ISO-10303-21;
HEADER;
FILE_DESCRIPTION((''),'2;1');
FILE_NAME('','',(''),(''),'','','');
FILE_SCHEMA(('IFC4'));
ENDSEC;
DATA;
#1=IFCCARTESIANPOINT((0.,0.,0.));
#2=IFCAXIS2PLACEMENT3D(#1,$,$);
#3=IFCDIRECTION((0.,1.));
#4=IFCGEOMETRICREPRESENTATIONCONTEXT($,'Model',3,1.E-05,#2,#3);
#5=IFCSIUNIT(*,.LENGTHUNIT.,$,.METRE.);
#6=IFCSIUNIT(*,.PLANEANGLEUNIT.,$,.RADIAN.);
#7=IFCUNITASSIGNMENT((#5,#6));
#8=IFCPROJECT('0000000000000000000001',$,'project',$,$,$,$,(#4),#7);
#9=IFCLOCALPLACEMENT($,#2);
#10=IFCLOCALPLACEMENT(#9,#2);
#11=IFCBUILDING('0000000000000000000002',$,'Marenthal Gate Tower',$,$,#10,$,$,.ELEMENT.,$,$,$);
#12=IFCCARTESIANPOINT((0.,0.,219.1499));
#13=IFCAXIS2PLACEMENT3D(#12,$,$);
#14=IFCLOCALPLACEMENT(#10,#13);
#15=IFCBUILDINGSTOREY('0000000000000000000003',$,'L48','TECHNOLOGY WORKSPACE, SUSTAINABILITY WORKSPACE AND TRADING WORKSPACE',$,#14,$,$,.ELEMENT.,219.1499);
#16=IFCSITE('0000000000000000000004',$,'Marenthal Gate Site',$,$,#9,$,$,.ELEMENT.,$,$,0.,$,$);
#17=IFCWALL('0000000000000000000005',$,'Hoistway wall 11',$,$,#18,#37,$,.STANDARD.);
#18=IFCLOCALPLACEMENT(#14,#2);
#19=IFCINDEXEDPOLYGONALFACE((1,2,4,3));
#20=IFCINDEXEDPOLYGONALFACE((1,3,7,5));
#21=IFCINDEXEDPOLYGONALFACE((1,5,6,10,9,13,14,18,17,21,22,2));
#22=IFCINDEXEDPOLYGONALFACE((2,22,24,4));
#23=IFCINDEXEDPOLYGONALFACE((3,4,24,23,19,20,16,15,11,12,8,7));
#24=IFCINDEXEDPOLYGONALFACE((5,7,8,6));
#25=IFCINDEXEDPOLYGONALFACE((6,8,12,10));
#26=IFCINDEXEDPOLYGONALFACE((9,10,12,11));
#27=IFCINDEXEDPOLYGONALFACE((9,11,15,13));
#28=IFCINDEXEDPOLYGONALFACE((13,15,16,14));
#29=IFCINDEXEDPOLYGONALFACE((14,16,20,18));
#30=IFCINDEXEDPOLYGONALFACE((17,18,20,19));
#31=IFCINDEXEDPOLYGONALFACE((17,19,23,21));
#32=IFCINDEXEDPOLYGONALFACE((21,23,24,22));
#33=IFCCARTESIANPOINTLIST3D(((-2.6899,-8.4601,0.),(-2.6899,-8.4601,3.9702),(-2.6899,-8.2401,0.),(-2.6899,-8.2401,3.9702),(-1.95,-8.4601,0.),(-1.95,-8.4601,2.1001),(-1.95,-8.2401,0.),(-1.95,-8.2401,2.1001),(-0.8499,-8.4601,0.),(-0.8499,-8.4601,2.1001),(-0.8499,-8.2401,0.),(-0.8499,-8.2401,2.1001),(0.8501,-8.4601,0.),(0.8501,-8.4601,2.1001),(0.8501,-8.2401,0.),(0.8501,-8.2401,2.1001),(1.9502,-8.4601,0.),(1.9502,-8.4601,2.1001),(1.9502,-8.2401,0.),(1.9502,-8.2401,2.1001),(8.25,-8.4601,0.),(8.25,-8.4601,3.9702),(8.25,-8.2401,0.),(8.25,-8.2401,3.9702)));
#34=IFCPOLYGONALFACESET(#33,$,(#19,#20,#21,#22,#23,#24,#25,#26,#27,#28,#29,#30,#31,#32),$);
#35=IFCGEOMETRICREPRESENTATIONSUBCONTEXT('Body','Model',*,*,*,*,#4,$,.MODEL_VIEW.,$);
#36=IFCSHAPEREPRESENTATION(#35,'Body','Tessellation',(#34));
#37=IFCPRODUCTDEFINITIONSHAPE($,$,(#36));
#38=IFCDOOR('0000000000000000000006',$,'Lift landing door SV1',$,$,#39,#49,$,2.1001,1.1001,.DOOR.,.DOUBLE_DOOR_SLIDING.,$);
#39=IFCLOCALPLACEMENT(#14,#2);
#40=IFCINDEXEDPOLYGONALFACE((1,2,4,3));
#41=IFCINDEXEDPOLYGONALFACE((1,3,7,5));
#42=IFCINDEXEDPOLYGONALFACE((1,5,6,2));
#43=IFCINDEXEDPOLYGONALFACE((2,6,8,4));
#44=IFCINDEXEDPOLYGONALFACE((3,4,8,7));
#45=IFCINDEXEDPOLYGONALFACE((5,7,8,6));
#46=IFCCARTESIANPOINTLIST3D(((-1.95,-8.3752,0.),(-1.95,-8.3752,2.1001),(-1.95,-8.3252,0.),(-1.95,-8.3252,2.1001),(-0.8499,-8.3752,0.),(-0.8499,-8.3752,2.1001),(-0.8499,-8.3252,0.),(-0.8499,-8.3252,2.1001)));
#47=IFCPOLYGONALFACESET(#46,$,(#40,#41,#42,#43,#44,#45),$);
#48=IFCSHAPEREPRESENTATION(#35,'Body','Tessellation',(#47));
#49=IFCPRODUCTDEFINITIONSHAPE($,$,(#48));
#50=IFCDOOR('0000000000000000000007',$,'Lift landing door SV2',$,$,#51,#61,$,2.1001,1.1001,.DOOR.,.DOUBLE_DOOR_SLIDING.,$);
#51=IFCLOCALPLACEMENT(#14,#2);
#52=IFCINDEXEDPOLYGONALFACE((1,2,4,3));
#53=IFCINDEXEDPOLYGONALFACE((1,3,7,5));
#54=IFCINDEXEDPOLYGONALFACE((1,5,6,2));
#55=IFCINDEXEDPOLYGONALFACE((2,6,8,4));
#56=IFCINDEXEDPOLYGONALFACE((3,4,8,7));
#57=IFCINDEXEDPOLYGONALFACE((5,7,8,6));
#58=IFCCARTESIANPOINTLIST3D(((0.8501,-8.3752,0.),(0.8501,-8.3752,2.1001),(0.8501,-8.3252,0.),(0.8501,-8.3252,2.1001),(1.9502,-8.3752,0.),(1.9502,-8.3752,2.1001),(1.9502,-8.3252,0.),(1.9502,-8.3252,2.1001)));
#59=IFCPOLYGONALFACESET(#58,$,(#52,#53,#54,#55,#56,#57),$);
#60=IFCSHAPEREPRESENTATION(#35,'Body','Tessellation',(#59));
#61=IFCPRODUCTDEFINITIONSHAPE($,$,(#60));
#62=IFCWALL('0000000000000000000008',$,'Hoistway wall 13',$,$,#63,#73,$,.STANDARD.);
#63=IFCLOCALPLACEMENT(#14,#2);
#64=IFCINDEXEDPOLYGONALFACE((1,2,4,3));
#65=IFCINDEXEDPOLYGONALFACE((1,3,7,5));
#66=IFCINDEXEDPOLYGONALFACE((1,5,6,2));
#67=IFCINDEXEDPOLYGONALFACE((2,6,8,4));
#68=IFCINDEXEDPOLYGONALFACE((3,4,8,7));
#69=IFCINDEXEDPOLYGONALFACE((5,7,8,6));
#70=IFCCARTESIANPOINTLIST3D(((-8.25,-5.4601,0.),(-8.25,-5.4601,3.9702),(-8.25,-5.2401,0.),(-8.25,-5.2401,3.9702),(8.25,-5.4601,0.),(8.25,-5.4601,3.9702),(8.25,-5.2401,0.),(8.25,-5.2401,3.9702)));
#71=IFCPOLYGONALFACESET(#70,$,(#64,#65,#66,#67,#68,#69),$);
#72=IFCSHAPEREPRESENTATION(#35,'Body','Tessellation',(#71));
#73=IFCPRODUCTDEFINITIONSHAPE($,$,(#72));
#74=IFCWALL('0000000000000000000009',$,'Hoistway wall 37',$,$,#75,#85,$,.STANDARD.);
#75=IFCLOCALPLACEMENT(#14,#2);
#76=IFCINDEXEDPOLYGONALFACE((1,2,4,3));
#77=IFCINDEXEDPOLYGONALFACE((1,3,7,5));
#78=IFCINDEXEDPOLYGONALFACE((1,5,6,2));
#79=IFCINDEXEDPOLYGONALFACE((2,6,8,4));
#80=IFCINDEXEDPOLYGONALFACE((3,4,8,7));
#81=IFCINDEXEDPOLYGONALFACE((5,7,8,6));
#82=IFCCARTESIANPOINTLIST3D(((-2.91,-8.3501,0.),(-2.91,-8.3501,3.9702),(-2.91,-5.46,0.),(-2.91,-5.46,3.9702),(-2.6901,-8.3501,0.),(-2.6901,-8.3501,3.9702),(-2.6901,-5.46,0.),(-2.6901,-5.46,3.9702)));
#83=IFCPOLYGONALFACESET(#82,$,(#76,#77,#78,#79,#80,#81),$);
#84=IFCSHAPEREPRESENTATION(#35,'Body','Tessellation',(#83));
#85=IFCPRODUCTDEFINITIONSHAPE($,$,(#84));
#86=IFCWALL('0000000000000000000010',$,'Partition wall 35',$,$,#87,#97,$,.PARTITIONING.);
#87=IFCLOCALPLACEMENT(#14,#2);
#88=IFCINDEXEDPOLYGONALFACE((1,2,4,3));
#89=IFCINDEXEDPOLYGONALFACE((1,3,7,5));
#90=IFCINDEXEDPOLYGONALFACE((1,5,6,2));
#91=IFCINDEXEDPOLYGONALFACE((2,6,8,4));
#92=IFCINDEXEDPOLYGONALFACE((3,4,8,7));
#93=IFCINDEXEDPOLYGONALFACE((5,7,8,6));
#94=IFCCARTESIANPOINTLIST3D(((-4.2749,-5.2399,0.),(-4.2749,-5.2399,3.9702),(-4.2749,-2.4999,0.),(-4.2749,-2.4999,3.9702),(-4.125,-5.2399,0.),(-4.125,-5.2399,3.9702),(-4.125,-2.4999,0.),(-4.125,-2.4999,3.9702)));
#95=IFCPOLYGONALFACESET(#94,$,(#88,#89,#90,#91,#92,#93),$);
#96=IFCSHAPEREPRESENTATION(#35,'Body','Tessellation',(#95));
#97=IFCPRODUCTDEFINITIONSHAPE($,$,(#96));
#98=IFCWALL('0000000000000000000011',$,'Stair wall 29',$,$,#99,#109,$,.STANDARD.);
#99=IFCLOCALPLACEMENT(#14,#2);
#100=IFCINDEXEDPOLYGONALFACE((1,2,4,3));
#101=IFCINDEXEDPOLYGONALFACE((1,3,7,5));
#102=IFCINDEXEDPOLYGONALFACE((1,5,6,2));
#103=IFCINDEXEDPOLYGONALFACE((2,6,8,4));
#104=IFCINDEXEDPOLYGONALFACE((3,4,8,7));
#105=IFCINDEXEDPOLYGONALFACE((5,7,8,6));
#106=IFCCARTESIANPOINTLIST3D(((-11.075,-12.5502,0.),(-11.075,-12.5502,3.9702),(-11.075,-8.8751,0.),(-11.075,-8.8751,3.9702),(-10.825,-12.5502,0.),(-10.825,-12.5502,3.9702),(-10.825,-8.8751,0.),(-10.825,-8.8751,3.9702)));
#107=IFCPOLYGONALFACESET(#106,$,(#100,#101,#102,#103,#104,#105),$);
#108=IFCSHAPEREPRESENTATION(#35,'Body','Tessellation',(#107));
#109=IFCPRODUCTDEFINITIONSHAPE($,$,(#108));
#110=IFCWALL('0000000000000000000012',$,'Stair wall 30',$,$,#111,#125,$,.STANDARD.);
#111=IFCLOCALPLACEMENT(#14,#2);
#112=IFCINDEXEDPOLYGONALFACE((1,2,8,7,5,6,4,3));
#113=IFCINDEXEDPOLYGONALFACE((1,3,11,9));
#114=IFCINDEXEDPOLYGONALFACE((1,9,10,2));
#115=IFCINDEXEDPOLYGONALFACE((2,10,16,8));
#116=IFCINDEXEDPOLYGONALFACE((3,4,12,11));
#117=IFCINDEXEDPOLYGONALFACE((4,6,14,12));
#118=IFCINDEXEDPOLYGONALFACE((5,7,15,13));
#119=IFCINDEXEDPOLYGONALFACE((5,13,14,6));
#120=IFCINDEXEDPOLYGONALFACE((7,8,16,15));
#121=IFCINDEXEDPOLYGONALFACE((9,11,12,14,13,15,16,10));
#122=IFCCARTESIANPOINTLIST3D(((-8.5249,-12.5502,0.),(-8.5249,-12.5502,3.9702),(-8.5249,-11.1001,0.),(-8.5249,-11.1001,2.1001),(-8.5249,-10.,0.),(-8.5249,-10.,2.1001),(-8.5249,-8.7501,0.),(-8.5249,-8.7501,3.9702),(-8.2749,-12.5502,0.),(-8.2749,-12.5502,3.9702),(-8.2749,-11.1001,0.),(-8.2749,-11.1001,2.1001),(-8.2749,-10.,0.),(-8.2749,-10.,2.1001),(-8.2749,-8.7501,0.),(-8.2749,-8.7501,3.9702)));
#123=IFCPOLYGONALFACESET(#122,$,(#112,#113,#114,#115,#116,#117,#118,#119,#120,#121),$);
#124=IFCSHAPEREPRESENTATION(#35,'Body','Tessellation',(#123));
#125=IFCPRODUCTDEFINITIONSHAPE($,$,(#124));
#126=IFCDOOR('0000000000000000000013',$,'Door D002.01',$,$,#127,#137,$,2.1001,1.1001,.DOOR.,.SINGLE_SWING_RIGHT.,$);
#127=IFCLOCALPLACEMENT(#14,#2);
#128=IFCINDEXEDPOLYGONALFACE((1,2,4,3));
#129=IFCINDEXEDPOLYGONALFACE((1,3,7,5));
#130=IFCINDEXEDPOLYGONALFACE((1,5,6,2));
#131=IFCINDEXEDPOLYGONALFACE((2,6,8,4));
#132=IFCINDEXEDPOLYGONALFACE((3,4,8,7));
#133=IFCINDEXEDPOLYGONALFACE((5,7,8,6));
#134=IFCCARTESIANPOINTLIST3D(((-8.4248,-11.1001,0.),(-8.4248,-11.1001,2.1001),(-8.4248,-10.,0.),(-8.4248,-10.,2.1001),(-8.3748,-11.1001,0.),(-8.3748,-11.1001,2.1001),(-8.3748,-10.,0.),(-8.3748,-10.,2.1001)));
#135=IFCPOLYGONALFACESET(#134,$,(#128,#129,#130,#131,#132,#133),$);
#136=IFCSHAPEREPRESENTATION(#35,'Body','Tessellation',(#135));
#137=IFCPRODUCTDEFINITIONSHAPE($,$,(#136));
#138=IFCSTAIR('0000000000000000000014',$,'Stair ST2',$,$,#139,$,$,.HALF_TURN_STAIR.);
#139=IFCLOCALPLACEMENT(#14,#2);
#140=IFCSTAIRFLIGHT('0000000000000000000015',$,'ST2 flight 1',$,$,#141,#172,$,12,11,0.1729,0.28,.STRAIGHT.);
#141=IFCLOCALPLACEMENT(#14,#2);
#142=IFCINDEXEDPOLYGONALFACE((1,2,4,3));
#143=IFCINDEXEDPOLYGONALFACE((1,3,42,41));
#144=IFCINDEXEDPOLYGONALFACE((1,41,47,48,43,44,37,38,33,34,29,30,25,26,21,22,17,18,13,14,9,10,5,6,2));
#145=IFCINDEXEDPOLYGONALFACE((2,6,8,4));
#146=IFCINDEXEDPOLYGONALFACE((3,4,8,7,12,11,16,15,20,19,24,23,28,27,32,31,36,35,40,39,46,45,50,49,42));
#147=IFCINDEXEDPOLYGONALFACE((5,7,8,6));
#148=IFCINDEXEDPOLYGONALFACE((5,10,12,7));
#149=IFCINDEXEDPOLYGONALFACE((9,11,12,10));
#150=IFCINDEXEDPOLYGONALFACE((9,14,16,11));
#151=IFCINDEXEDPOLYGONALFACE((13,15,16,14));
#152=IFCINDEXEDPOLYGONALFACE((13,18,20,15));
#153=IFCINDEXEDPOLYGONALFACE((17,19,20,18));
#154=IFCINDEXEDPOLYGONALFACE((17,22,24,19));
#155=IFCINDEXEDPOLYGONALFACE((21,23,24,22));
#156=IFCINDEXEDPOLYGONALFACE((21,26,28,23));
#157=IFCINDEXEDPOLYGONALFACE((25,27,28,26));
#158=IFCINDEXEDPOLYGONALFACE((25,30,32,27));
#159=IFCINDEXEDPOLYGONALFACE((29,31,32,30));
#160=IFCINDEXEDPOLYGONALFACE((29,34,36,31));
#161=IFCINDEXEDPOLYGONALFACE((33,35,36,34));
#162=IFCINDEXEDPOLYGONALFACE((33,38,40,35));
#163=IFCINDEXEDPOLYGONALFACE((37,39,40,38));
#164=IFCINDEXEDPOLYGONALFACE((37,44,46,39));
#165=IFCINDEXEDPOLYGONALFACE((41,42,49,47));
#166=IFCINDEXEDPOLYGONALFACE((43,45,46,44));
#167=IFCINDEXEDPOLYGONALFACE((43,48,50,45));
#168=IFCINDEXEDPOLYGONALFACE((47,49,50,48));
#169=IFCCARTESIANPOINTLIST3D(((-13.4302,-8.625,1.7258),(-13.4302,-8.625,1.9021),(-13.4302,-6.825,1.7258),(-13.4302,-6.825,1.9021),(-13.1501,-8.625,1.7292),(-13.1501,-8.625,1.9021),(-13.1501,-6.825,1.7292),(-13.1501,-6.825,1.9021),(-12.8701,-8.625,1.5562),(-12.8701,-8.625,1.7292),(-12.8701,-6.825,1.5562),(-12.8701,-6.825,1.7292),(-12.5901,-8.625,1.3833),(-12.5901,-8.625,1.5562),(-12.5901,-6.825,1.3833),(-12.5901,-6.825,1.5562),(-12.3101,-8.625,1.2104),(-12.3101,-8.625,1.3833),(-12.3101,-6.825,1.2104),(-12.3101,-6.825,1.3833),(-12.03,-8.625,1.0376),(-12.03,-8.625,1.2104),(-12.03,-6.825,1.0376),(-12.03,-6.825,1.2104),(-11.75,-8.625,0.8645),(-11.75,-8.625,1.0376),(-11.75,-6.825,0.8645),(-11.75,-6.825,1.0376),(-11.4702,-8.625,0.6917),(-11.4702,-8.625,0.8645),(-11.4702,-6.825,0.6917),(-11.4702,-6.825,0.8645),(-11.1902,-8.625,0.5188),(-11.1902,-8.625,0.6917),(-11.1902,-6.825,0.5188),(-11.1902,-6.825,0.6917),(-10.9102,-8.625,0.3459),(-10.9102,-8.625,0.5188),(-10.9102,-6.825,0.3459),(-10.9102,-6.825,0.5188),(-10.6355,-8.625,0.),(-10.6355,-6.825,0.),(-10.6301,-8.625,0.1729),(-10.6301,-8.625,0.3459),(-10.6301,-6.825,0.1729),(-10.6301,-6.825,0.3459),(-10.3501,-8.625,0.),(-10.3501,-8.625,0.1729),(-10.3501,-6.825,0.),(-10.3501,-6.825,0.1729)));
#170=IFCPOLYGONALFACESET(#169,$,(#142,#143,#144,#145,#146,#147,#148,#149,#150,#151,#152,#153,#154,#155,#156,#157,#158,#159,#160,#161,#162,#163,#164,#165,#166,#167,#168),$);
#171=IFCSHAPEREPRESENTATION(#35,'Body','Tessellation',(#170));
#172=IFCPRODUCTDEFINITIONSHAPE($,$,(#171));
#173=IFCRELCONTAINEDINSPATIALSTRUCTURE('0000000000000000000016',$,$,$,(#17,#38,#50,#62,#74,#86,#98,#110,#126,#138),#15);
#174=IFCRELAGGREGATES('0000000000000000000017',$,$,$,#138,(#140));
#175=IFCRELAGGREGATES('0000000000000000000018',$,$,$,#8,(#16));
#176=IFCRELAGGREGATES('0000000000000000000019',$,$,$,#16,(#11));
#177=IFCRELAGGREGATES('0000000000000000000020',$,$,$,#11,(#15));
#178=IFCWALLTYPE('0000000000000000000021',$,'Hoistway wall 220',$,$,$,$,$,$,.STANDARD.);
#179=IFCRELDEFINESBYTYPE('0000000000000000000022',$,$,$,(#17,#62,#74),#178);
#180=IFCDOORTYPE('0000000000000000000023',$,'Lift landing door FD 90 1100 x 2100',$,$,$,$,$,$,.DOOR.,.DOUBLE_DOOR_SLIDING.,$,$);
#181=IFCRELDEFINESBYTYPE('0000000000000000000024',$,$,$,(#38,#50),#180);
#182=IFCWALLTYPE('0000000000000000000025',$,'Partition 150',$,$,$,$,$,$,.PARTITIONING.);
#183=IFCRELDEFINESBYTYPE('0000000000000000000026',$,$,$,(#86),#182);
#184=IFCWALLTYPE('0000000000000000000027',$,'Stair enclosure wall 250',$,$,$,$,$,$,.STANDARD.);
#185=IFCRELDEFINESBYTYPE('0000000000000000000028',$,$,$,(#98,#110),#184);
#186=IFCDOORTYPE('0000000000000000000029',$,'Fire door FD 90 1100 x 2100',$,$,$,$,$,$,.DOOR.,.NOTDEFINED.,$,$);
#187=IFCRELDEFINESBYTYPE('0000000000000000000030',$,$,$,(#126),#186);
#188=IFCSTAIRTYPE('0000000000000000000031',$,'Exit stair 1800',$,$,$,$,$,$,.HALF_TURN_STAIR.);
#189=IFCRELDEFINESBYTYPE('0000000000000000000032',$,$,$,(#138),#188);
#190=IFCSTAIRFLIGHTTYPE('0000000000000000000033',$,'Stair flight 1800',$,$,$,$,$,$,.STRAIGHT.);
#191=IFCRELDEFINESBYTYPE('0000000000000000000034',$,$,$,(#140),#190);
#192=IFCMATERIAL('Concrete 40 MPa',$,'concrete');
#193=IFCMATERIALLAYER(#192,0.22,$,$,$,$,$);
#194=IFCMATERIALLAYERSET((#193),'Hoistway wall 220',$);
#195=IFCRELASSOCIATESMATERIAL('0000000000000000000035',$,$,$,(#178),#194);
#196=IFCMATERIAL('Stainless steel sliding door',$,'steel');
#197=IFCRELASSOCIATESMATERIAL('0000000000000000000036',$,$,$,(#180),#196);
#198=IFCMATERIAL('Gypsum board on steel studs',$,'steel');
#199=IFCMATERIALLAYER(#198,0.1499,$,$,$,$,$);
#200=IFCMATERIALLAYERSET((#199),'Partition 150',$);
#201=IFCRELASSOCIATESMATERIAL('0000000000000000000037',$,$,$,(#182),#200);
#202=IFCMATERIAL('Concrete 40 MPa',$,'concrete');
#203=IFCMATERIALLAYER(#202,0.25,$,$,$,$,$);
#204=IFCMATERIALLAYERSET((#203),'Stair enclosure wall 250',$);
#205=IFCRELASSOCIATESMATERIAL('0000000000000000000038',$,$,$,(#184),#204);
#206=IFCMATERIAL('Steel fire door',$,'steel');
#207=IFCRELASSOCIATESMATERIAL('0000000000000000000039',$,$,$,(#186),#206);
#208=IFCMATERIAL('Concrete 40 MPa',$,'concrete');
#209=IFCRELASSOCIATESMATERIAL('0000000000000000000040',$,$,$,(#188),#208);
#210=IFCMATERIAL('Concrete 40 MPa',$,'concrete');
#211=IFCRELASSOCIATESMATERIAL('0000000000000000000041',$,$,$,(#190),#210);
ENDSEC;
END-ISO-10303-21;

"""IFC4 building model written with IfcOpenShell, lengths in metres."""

from ifc_helpers import new_model, si_unit, direction, frame, frame_2d, origin, place, context, subcontext, project, spatial, polyline, rectangle, outline, extrude, material, layer, layer_set, type_object, element, fill, aggregate, save


model = new_model("IFC4")

# Units and contexts
model_context = context("Model", 3, precision=1e-05, world=origin(), true_north=direction((0.0, 1.0)))
body_context = subcontext(model_context, "Body", "Model", "MODEL_VIEW")
ifc_project = project(units=[si_unit("LENGTHUNIT", "METRE"), si_unit("PLANEANGLEUNIT", "RADIAN")], contexts=[model_context])

# Site, building, storey
site_placement = place(None, origin())
site = spatial("IfcSite", under=ifc_project, at=site_placement, Name="Marenthal Gate Site", CompositionType="ELEMENT", RefElevation=0.0)
building_placement = place(site_placement, origin())
building = spatial("IfcBuilding", under=site, at=building_placement, Name="Marenthal Gate Tower", CompositionType="ELEMENT")
storey_placement = place(building_placement, frame((0.0, 0.0, 219.1499)))
storey = spatial("IfcBuildingStorey", under=building, at=storey_placement, Name="L48", Description="TECHNOLOGY WORKSPACE, SUSTAINABILITY WORKSPACE AND TRADING WORKSPACE", CompositionType="ELEMENT", Elevation=219.1499)

# Wall, openings, doors
ifc_material_1 = material(Name="Concrete 40 MPa", Category="concrete")
ifc_layer_1 = layer(ifc_material_1, 0.22)
ifc_layer_set_1 = layer_set([ifc_layer_1], Name="Hoistway wall 220")
wall_type_1 = type_object("IfcWallType", Name="Hoistway wall 220", PredefinedType="STANDARD", material=ifc_layer_set_1)
ifc_material_2 = material(Name="Stainless steel sliding door", Category="steel")
door_type_1 = type_object("IfcDoorType", Name="Lift landing door FD 90 1100 x 2100", OperationType="DOUBLE_DOOR_SLIDING", PredefinedType="DOOR", material=ifc_material_2)
wall_1_placement = place(storey_placement, frame((-2.6899, -8.3501, 0.0), z_axis=(0.0, 0.0, 1.0), x_axis=(1.0, 0.0, 0.0)))
wall_1 = element("IfcWall", 1, at=wall_1_placement, inside=storey, type_object=wall_type_1, Name="Hoistway wall 11", PredefinedType="STANDARD", context=body_context, shape_type="SweptSolid", body=[
    extrude(rectangle(XDim=10.9399, YDim=0.22, at=frame_2d((5.47, 0.0))), origin(), (0.0, 0.0, 1.0), 3.9702),
])
opening_1_placement = place(wall_1_placement, frame((0.74, 0.0, 0.0)))
opening_1 = element("IfcOpeningElement", 2, at=opening_1_placement, cuts=wall_1, PredefinedType="OPENING", context=body_context, shape_type="SweptSolid", body=[
    extrude(rectangle(XDim=1.1001, YDim=2.1001, at=frame_2d((0.55, 1.05))), frame((0.0, 0.1201, 0.0), z_axis=(0.0, -1.0, 0.0), x_axis=(1.0, 0.0, 0.0)), (0.0, 0.0, 1.0), 0.24),
])
opening_2_placement = place(wall_1_placement, frame((3.54, 0.0, 0.0)))
opening_2 = element("IfcOpeningElement", 3, at=opening_2_placement, cuts=wall_1, PredefinedType="OPENING", context=body_context, shape_type="SweptSolid", body=[
    extrude(rectangle(XDim=1.1001, YDim=2.1001, at=frame_2d((0.55, 1.05))), frame((0.0, 0.1201, 0.0), z_axis=(0.0, -1.0, 0.0), x_axis=(1.0, 0.0, 0.0)), (0.0, 0.0, 1.0), 0.24),
])
door_1_placement = place(opening_1_placement, origin())
door_1 = element("IfcDoor", 4, at=door_1_placement, inside=storey, type_object=door_type_1, Name="Lift landing door SV1", OperationType="DOUBLE_DOOR_SLIDING", OverallHeight=2.1001, OverallWidth=1.1001, PredefinedType="DOOR", context=body_context, shape_type="SweptSolid", body=[
    extrude(rectangle(XDim=1.1001, YDim=2.1001, at=frame_2d((0.55, 1.05))), frame((0.0, 0.0249, 0.0), z_axis=(0.0, -1.0, 0.0), x_axis=(1.0, 0.0, 0.0)), (0.0, 0.0, 1.0), 0.05),
])
fill(opening_1, door_1)
door_2_placement = place(opening_2_placement, origin())
door_2 = element("IfcDoor", 5, at=door_2_placement, inside=storey, type_object=door_type_1, Name="Lift landing door SV2", OperationType="DOUBLE_DOOR_SLIDING", OverallHeight=2.1001, OverallWidth=1.1001, PredefinedType="DOOR", context=body_context, shape_type="SweptSolid", body=[
    extrude(rectangle(XDim=1.1001, YDim=2.1001, at=frame_2d((0.55, 1.05))), frame((0.0, 0.0249, 0.0), z_axis=(0.0, -1.0, 0.0), x_axis=(1.0, 0.0, 0.0)), (0.0, 0.0, 1.0), 0.05),
])
fill(opening_2, door_2)

# Walls
wall_2_placement = place(storey_placement, frame((-8.25, -5.3501, 0.0), z_axis=(0.0, 0.0, 1.0), x_axis=(1.0, 0.0, 0.0)))
element("IfcWall", 6, at=wall_2_placement, inside=storey, type_object=wall_type_1, Name="Hoistway wall 13", PredefinedType="STANDARD", context=body_context, shape_type="SweptSolid", body=[
    extrude(rectangle(XDim=16.5, YDim=0.22, at=frame_2d((8.25, 0.0))), origin(), (0.0, 0.0, 1.0), 3.9702),
])
wall_3_placement = place(storey_placement, frame((-2.8, -8.3501, 0.0), z_axis=(0.0, 0.0, 1.0), x_axis=(0.0, 1.0, 0.0)))
element("IfcWall", 7, at=wall_3_placement, inside=storey, type_object=wall_type_1, Name="Hoistway wall 37", PredefinedType="STANDARD", context=body_context, shape_type="SweptSolid", body=[
    extrude(rectangle(XDim=2.8901, YDim=0.22, at=frame_2d((1.4451, 0.0))), origin(), (0.0, 0.0, 1.0), 3.9702),
])
ifc_material_3 = material(Name="Gypsum board on steel studs", Category="steel")
ifc_layer_2 = layer(ifc_material_3, 0.1499)
ifc_layer_set_2 = layer_set([ifc_layer_2], Name="Partition 150")
wall_type_2 = type_object("IfcWallType", Name="Partition 150", PredefinedType="PARTITIONING", material=ifc_layer_set_2)
wall_4_placement = place(storey_placement, frame((-4.2, -5.24, 0.0), z_axis=(0.0, 0.0, 1.0), x_axis=(0.0, 1.0, 0.0)))
element("IfcWall", 8, at=wall_4_placement, inside=storey, type_object=wall_type_2, Name="Partition wall 35", PredefinedType="PARTITIONING", context=body_context, shape_type="SweptSolid", body=[
    extrude(rectangle(XDim=2.74, YDim=0.1499, at=frame_2d((1.3701, 0.0))), origin(), (0.0, 0.0, 1.0), 3.9702),
])
ifc_material_4 = material(Name="Concrete 40 MPa", Category="concrete")
ifc_layer_3 = layer(ifc_material_4, 0.25)
ifc_layer_set_3 = layer_set([ifc_layer_3], Name="Stair enclosure wall 250")
wall_type_3 = type_object("IfcWallType", Name="Stair enclosure wall 250", PredefinedType="STANDARD", material=ifc_layer_set_3)
wall_5_placement = place(storey_placement, frame((-10.95, -12.55, 0.0), z_axis=(0.0, 0.0, 1.0), x_axis=(0.0, 1.0, 0.0)))
element("IfcWall", 9, at=wall_5_placement, inside=storey, type_object=wall_type_3, Name="Stair wall 29", PredefinedType="STANDARD", context=body_context, shape_type="SweptSolid", body=[
    extrude(rectangle(XDim=3.675, YDim=0.25, at=frame_2d((1.8374, 0.0))), origin(), (0.0, 0.0, 1.0), 3.9702),
])

# Wall, opening, door
wall_6_placement = place(storey_placement, frame((-8.3999, -12.55, 0.0), z_axis=(0.0, 0.0, 1.0), x_axis=(0.0, 1.0, 0.0)))
wall_6 = element("IfcWall", 10, at=wall_6_placement, inside=storey, type_object=wall_type_3, Name="Stair wall 30", PredefinedType="STANDARD", context=body_context, shape_type="SweptSolid", body=[
    extrude(rectangle(XDim=3.8, YDim=0.25, at=frame_2d((1.8999, 0.0))), origin(), (0.0, 0.0, 1.0), 3.9702),
])
opening_3_placement = place(wall_6_placement, frame((1.45, 0.0, 0.0)))
opening_3 = element("IfcOpeningElement", 11, at=opening_3_placement, cuts=wall_6, PredefinedType="OPENING", context=body_context, shape_type="SweptSolid", body=[
    extrude(rectangle(XDim=1.1001, YDim=2.1001, at=frame_2d((0.55, 1.05))), frame((0.0, 0.135, 0.0), z_axis=(0.0, -1.0, 0.0), x_axis=(1.0, 0.0, 0.0)), (0.0, 0.0, 1.0), 0.27),
])
ifc_material_5 = material(Name="Steel fire door", Category="steel")
door_type_2 = type_object("IfcDoorType", Name="Fire door FD 90 1100 x 2100", OperationType="NOTDEFINED", PredefinedType="DOOR", material=ifc_material_5)
door_3_placement = place(opening_3_placement, origin())
door_3 = element("IfcDoor", 12, at=door_3_placement, inside=storey, type_object=door_type_2, Name="Door D002.01", OperationType="SINGLE_SWING_RIGHT", OverallHeight=2.1001, OverallWidth=1.1001, PredefinedType="DOOR", context=body_context, shape_type="SweptSolid", body=[
    extrude(rectangle(XDim=1.1001, YDim=2.1001, at=frame_2d((0.55, 1.05))), frame((0.0, 0.0249, 0.0), z_axis=(0.0, -1.0, 0.0), x_axis=(1.0, 0.0, 0.0)), (0.0, 0.0, 1.0), 0.05),
])
fill(opening_3, door_3)

# Stair, stair flight
ifc_material_6 = material(Name="Concrete 40 MPa", Category="concrete")
stair_type = type_object("IfcStairType", Name="Exit stair 1800", PredefinedType="HALF_TURN_STAIR", material=ifc_material_6)
stair_placement = place(storey_placement, origin())
stair = element("IfcStair", 13, at=stair_placement, inside=storey, type_object=stair_type, Name="Stair ST2", PredefinedType="HALF_TURN_STAIR")
ifc_material_7 = material(Name="Concrete 40 MPa", Category="concrete")
stair_flight_type = type_object("IfcStairFlightType", Name="Stair flight 1800", PredefinedType="STRAIGHT", material=ifc_material_7)
stair_flight_1_placement = place(storey_placement, frame((-10.3501, -7.7251, 0.0), z_axis=(0.0, 0.0, 1.0), x_axis=(-1.0, 0.0, 0.0)))
stair_flight_1 = element("IfcStairFlight", 14, at=stair_flight_1_placement, type_object=stair_flight_type, Name="ST2 flight 1", NumberOfRisers=12, NumberOfTreads=11, PredefinedType="STRAIGHT", RiserHeight=0.1729, TreadLength=0.28, context=body_context, shape_type="SweptSolid", body=[
    extrude(outline(polyline([(0.0, 0.0), (0.0, 0.1729), (0.28, 0.1729), (0.28, 0.3459), (0.5601, 0.3459), (0.5601, 0.5188), (0.8401, 0.5188), (0.8401, 0.6917), (1.1201, 0.6917), (1.1201, 0.8645), (1.3999, 0.8645), (1.3999, 1.0376), (1.6799, 1.0376), (1.6799, 1.2104), (1.96, 1.2104), (1.96, 1.3833), (2.24, 1.3833), (2.24, 1.5562), (2.52, 1.5562), (2.52, 1.7292), (2.8, 1.7292), (2.8, 1.9021), (3.0801, 1.9021), (3.0801, 2.075), (3.0801, 1.7258), (0.2854, 0.0), (0.0, 0.0)])), frame((0.0, 0.8999, 0.0), z_axis=(0.0, -1.0, 0.0), x_axis=(1.0, 0.0, 0.0)), (0.0, 0.0, 1.0), 1.8),
])
aggregate(stair, [stair_flight_1])

save(model, "model.ifc")
